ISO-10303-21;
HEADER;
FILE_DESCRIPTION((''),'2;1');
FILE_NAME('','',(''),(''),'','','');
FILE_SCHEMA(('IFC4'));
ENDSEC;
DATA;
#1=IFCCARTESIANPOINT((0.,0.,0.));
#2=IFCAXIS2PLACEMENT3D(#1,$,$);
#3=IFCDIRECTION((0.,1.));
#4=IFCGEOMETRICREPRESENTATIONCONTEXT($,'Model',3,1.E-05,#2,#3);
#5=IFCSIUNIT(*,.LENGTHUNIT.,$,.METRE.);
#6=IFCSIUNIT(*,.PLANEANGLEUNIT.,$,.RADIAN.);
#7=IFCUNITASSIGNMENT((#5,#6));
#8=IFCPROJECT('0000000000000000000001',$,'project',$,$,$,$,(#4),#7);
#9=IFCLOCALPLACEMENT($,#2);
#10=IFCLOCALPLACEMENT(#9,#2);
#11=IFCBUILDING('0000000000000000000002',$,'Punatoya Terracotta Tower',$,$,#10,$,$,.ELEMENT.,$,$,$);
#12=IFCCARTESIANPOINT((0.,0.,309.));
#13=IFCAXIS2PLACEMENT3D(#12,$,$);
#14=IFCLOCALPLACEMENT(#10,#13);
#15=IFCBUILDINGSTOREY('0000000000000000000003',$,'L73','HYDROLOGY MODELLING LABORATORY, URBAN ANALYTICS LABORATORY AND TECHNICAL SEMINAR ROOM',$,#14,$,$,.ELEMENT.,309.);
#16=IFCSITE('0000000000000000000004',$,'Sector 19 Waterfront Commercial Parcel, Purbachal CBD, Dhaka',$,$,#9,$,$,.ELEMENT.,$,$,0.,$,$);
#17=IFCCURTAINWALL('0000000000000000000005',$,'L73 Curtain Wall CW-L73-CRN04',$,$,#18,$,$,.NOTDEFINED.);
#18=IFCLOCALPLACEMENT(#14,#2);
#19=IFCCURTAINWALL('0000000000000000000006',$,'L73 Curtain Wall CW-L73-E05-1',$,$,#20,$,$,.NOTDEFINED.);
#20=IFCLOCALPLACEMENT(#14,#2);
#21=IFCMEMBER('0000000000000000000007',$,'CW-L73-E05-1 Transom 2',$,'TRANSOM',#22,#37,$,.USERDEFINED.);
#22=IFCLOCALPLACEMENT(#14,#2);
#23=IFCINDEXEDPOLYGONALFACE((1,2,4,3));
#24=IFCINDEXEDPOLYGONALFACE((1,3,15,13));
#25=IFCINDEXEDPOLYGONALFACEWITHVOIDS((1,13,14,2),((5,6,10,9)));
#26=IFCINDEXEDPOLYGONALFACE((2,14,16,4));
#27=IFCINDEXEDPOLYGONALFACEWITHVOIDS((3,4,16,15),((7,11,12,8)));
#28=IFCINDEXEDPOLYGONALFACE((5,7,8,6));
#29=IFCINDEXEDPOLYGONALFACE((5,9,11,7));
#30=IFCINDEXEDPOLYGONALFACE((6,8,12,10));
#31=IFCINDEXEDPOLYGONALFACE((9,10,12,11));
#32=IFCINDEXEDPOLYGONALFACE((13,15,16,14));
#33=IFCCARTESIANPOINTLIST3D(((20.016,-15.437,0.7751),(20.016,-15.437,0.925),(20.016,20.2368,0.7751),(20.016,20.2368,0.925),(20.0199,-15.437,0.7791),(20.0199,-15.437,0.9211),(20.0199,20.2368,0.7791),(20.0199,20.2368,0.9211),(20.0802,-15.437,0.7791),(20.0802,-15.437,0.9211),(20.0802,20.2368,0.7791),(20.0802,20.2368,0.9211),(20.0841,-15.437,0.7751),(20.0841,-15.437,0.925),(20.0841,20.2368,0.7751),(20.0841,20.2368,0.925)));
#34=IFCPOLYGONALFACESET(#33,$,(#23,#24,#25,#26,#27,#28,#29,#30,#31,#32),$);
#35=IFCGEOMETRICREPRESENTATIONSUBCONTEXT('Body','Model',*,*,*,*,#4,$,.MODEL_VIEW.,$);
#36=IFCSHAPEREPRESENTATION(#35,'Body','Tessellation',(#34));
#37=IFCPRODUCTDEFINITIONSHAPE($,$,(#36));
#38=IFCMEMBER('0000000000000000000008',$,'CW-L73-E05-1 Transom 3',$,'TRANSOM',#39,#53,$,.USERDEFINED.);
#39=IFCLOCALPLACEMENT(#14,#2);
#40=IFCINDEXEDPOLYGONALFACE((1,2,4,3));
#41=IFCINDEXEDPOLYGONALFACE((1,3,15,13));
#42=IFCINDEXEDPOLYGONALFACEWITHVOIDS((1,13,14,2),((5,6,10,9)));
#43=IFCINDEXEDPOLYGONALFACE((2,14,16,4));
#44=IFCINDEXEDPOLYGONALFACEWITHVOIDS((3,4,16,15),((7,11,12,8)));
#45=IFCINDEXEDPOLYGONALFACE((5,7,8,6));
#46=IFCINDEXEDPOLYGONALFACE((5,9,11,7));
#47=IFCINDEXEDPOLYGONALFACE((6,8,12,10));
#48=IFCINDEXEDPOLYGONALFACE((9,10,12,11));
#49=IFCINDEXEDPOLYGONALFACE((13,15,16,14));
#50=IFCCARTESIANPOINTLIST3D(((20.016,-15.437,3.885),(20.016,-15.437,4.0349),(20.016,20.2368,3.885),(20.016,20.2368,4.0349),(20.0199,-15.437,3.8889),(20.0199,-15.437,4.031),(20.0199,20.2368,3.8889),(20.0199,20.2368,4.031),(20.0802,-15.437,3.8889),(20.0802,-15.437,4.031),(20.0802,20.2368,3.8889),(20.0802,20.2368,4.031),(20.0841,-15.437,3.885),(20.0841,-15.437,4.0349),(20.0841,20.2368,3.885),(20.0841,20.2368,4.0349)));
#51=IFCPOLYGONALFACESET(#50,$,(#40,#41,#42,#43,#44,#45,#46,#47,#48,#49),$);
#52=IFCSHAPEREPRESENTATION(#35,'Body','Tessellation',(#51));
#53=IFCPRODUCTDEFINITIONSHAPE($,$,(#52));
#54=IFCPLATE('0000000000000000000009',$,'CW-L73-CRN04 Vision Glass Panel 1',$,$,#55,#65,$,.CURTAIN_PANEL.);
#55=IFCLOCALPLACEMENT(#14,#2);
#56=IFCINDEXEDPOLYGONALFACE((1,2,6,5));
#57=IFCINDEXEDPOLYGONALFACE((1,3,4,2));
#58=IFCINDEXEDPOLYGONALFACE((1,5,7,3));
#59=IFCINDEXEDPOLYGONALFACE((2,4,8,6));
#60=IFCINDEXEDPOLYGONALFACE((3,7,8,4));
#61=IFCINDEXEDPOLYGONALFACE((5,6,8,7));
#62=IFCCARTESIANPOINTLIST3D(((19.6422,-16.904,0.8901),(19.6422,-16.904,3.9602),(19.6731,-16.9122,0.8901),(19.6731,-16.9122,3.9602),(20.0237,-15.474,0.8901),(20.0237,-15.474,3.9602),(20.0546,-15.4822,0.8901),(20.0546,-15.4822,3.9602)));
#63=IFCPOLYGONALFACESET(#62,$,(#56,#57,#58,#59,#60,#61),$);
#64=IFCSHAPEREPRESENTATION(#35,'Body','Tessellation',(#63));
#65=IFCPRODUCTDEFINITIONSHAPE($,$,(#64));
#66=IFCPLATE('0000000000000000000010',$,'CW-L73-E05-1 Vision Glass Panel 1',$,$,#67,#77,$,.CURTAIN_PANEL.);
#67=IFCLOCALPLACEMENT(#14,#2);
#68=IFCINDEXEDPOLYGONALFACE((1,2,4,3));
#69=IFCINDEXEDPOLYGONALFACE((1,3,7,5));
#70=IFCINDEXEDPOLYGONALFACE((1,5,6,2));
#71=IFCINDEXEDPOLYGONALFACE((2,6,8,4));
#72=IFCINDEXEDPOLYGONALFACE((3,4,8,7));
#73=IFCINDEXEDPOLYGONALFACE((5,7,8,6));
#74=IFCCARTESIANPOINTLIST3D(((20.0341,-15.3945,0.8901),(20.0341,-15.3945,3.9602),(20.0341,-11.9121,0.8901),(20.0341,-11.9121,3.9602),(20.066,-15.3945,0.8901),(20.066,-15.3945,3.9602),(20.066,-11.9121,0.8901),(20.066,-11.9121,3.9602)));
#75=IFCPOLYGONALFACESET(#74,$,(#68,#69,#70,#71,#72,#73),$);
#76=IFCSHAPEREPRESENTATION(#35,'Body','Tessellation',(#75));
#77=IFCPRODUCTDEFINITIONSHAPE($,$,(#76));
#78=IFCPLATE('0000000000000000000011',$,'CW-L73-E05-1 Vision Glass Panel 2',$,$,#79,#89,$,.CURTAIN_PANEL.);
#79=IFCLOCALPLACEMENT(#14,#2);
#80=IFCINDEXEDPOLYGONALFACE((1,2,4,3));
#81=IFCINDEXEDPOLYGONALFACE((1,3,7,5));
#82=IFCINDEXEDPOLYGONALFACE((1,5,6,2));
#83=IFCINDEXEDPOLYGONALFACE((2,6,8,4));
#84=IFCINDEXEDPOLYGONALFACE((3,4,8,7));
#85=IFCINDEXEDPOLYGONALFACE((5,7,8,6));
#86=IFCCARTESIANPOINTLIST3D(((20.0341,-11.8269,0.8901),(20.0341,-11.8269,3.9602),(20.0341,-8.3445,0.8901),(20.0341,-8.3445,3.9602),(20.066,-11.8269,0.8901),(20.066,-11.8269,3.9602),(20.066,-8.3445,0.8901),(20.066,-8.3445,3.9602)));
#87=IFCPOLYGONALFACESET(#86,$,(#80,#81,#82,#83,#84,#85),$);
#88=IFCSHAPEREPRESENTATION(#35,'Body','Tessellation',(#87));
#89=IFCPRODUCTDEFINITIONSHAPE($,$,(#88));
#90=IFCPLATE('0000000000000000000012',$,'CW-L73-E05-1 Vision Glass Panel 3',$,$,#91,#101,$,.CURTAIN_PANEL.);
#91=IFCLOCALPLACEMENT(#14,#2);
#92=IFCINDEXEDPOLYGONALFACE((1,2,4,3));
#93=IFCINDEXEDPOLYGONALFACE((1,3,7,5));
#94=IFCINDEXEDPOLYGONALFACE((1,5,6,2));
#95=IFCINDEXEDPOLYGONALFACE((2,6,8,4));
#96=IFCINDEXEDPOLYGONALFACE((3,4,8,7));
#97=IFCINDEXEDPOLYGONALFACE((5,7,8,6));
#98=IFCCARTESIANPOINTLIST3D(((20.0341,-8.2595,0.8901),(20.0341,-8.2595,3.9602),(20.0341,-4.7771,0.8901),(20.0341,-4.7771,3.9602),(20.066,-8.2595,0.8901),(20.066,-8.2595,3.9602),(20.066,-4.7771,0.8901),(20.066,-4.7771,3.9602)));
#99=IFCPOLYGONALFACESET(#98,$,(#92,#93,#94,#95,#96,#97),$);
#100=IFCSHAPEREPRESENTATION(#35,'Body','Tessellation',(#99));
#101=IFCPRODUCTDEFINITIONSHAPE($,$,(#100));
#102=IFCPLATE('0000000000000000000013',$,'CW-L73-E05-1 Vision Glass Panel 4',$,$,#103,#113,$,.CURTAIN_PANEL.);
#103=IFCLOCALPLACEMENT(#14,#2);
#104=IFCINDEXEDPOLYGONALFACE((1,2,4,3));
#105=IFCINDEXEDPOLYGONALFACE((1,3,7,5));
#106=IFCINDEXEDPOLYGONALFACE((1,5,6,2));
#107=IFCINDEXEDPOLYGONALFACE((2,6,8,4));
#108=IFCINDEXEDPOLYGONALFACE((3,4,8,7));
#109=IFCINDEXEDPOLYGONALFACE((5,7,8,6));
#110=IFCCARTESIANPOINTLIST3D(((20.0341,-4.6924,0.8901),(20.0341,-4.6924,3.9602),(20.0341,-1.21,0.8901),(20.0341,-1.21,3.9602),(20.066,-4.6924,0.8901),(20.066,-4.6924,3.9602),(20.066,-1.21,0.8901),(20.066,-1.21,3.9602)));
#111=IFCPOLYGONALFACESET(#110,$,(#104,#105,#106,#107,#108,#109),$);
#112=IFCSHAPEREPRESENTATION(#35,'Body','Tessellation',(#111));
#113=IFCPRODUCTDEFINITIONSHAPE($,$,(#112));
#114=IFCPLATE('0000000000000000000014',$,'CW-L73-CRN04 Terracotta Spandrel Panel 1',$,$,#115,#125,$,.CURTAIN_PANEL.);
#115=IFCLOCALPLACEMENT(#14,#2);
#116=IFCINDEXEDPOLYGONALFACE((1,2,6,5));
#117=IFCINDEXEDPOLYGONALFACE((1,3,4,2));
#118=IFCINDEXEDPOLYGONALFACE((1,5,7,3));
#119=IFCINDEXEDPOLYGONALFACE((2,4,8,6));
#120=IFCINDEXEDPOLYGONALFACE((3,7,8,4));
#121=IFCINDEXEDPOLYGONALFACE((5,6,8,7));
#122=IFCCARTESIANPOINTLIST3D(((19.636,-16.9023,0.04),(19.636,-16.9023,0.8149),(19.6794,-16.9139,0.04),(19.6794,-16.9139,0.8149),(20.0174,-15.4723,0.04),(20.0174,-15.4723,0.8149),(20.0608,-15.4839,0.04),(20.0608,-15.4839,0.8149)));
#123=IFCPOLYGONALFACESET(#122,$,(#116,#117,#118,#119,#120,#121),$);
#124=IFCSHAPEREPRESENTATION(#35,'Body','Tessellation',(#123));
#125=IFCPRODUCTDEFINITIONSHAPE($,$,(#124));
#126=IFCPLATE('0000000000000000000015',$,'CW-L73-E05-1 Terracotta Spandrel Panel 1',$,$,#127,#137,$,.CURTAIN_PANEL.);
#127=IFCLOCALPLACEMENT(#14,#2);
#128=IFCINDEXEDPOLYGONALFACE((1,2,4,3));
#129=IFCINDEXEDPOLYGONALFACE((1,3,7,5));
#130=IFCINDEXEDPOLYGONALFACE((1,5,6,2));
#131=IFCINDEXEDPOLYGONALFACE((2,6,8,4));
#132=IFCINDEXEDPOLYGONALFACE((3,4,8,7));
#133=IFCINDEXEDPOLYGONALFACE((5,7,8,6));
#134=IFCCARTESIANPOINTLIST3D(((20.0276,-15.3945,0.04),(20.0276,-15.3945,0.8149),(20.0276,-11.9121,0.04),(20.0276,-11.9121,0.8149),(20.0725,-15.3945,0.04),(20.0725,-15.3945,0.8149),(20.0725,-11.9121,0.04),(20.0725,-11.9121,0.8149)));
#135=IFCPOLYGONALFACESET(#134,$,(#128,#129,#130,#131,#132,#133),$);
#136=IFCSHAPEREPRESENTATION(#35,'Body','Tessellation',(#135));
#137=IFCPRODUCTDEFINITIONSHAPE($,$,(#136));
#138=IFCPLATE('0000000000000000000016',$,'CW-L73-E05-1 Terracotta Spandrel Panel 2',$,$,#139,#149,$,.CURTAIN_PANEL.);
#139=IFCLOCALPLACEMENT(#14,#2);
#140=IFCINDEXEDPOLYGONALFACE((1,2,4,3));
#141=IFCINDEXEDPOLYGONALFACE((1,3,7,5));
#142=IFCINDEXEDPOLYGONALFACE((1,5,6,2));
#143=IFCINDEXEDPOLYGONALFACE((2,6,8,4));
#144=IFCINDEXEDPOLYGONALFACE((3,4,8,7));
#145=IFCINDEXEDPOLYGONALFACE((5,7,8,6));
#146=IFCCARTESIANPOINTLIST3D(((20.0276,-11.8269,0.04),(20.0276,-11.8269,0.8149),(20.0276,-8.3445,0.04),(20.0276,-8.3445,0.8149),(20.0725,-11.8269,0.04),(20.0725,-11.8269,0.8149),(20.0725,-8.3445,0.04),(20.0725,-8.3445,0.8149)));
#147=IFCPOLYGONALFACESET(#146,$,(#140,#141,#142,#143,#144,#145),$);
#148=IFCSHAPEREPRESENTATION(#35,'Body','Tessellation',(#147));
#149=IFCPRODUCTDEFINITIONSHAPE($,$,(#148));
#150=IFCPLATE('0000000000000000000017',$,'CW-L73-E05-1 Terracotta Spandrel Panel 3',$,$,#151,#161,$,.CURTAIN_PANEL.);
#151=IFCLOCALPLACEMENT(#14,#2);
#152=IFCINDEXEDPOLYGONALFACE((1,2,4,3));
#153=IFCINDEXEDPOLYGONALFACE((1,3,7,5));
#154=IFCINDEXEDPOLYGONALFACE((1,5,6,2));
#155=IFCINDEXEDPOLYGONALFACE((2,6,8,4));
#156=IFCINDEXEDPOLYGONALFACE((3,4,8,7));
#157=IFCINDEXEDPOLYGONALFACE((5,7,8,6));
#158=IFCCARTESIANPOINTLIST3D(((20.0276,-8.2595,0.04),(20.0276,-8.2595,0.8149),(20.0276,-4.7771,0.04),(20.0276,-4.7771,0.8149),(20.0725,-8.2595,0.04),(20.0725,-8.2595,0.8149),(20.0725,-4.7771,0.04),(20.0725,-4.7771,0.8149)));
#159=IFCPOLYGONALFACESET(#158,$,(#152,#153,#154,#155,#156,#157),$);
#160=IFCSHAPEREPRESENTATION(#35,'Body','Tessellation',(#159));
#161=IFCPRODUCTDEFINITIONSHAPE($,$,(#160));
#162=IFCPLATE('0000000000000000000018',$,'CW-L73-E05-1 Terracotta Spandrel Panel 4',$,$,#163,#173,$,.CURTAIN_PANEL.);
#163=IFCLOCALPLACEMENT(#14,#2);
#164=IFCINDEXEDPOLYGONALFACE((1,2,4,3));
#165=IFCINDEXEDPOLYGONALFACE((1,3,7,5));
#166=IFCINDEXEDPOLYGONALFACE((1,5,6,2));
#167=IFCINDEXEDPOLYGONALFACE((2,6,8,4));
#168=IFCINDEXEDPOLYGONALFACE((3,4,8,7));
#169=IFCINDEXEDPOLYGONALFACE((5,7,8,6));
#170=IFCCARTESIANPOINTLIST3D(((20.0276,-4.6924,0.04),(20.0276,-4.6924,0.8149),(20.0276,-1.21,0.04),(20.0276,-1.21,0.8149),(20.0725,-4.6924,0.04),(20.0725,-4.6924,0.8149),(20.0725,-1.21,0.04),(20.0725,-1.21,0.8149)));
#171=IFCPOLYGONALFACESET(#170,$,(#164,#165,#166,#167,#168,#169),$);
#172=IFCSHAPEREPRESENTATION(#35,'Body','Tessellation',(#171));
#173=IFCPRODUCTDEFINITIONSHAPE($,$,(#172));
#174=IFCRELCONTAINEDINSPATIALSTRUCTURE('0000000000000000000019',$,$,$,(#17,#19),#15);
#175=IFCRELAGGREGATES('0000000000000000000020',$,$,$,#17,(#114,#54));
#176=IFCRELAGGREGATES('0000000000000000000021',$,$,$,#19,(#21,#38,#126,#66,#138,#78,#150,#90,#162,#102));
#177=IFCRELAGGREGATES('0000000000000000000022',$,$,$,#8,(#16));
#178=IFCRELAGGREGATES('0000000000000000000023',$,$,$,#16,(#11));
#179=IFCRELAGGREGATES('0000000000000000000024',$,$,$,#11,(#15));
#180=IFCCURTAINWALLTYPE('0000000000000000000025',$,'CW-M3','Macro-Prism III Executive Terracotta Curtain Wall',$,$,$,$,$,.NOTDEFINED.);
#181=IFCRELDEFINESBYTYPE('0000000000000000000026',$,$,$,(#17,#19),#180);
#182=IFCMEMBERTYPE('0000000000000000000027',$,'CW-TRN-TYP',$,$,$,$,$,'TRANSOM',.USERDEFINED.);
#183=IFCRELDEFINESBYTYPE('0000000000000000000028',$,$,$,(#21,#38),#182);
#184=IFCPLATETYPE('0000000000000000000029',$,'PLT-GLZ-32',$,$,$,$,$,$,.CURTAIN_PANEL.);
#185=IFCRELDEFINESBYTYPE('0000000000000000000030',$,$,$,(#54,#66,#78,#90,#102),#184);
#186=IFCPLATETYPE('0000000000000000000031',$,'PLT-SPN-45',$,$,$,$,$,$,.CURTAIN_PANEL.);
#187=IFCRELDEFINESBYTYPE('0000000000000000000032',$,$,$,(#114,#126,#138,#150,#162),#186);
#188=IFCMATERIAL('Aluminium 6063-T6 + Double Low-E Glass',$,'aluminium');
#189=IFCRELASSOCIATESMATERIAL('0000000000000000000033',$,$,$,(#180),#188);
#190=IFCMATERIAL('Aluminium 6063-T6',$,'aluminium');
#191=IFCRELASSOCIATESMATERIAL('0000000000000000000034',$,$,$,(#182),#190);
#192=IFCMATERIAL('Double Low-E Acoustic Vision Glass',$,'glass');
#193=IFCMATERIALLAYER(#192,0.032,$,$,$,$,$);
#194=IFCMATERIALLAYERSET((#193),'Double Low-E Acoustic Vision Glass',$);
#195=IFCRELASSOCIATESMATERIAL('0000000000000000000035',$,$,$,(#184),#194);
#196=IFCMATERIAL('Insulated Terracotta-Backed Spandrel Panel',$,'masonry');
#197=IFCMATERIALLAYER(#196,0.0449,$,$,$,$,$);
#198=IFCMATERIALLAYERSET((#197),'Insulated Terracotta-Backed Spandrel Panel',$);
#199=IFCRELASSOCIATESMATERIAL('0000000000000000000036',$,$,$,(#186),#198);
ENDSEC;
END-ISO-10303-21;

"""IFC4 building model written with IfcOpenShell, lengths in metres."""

from ifc_helpers import new_model, si_unit, direction, frame, origin, origin_2d, place, context, subcontext, project, spatial, rectangle, hollow_rectangle, extrude, material, layer, layer_set, material_profile, profile_set, type_object, element, aggregate, save


model = new_model("IFC4")

# Units and contexts
model_context = context("Model", 3, precision=1e-05, world=origin(), true_north=direction((0.0, 1.0)))
body_context = subcontext(model_context, "Body", "Model", "MODEL_VIEW")
ifc_project = project(units=[si_unit("LENGTHUNIT", "METRE"), si_unit("PLANEANGLEUNIT", "RADIAN")], contexts=[model_context])

# Site, building, storey
site_placement = place(None, origin())
site = spatial("IfcSite", under=ifc_project, at=site_placement, Name="Sector 19 Waterfront Commercial Parcel, Purbachal CBD, Dhaka", CompositionType="ELEMENT", RefElevation=0.0)
building_placement = place(site_placement, origin())
building = spatial("IfcBuilding", under=site, at=building_placement, Name="Punatoya Terracotta Tower", CompositionType="ELEMENT")
storey_placement = place(building_placement, frame((0.0, 0.0, 309.0)))
storey = spatial("IfcBuildingStorey", under=building, at=storey_placement, Name="L73", Description="HYDROLOGY MODELLING LABORATORY, URBAN ANALYTICS LABORATORY AND TECHNICAL SEMINAR ROOM", CompositionType="ELEMENT", Elevation=309.0)

# Curtain wall
ifc_material_1 = material(Name="Aluminium 6063-T6 + Double Low-E Glass", Category="aluminium")
curtain_wall_type = type_object("IfcCurtainWallType", Name="CW-M3", Description="Macro-Prism III Executive Terracotta Curtain Wall", PredefinedType="NOTDEFINED", material=ifc_material_1)
curtain_wall_1_placement = place(storey_placement, origin())
curtain_wall_1 = element("IfcCurtainWall", 1, at=curtain_wall_1_placement, inside=storey, type_object=curtain_wall_type, Name="L73 Curtain Wall CW-L73-CRN04", PredefinedType="NOTDEFINED")
ifc_material_2 = material(Name="Aluminium 6063-T6", Category="aluminium")

# Curtain wall, members
curtain_wall_2_placement = place(storey_placement, origin())
curtain_wall_2 = element("IfcCurtainWall", 2, at=curtain_wall_2_placement, inside=storey, type_object=curtain_wall_type, Name="L73 Curtain Wall CW-L73-E05-1", PredefinedType="NOTDEFINED")
ifc_material_profile_1 = material_profile(ifc_material_2, hollow_rectangle(XDim=0.0681, YDim=0.1499, WallThickness=0.0039, at=origin_2d()))
ifc_profile_set_1 = profile_set([ifc_material_profile_1], Name="Aluminium 6063-T6")
member_type_1 = type_object("IfcMemberType", Name="CW-TRN-TYP", ElementType="TRANSOM", PredefinedType="USERDEFINED", material=ifc_profile_set_1)
member_1_placement = place(storey_placement, frame((20.05, -15.437, 0.8501), z_axis=(0.0, 1.0, 0.0), x_axis=(-1.0, 0.0, 0.0)))
member_1 = element("IfcMember", 3, at=member_1_placement, type_object=member_type_1, Name="CW-L73-E05-1 Transom 2", ObjectType="TRANSOM", PredefinedType="USERDEFINED", context=body_context, shape_type="SweptSolid", body=[
    extrude(hollow_rectangle(XDim=0.0681, YDim=0.1499, WallThickness=0.0039, at=origin_2d()), origin(), (0.0, 0.0, 1.0), 35.6738),
])
member_2_placement = place(storey_placement, frame((20.05, -15.437, 3.96), z_axis=(0.0, 1.0, 0.0), x_axis=(-1.0, 0.0, 0.0)))
member_2 = element("IfcMember", 4, at=member_2_placement, type_object=member_type_1, Name="CW-L73-E05-1 Transom 3", ObjectType="TRANSOM", PredefinedType="USERDEFINED", context=body_context, shape_type="SweptSolid", body=[
    extrude(hollow_rectangle(XDim=0.0681, YDim=0.1499, WallThickness=0.0039, at=origin_2d()), origin(), (0.0, 0.0, 1.0), 35.6738),
])

# Plates
ifc_material_3 = material(Name="Double Low-E Acoustic Vision Glass", Category="glass")
ifc_layer_1 = layer(ifc_material_3, 0.032)
ifc_layer_set_1 = layer_set([ifc_layer_1], Name="Double Low-E Acoustic Vision Glass")
plate_type_1 = type_object("IfcPlateType", Name="PLT-GLZ-32", PredefinedType="CURTAIN_PANEL", material=ifc_layer_set_1)
plate_1_placement = place(storey_placement, frame((19.8484, -16.1931, 0.8901), z_axis=(0.0, 0.0, 1.0), x_axis=(0.257742, 0.966214, 0.0)))
plate_1 = element("IfcPlate", 5, at=plate_1_placement, type_object=plate_type_1, Name="CW-L73-CRN04 Vision Glass Panel 1", PredefinedType="CURTAIN_PANEL", context=body_context, shape_type="SweptSolid", body=[
    extrude(rectangle(XDim=1.48, YDim=0.032, at=origin_2d()), origin(), (0.0, 0.0, 1.0), 3.0701),
])
plate_2_placement = place(storey_placement, frame((20.05, -13.6533, 0.8901), z_axis=(0.0, 0.0, 1.0), x_axis=(0.0, 1.0, 0.0)))
plate_2 = element("IfcPlate", 6, at=plate_2_placement, type_object=plate_type_1, Name="CW-L73-E05-1 Vision Glass Panel 1", PredefinedType="CURTAIN_PANEL", context=body_context, shape_type="SweptSolid", body=[
    extrude(rectangle(XDim=3.4824, YDim=0.032, at=origin_2d()), origin(), (0.0, 0.0, 1.0), 3.0701),
])
plate_3_placement = place(storey_placement, frame((20.05, -10.0857, 0.8901), z_axis=(0.0, 0.0, 1.0), x_axis=(0.0, 1.0, 0.0)))
plate_3 = element("IfcPlate", 7, at=plate_3_placement, type_object=plate_type_1, Name="CW-L73-E05-1 Vision Glass Panel 2", PredefinedType="CURTAIN_PANEL", context=body_context, shape_type="SweptSolid", body=[
    extrude(rectangle(XDim=3.4824, YDim=0.032, at=origin_2d()), origin(), (0.0, 0.0, 1.0), 3.0701),
])
plate_4_placement = place(storey_placement, frame((20.05, -6.5183, 0.8901), z_axis=(0.0, 0.0, 1.0), x_axis=(0.0, 1.0, 0.0)))
plate_4 = element("IfcPlate", 8, at=plate_4_placement, type_object=plate_type_1, Name="CW-L73-E05-1 Vision Glass Panel 3", PredefinedType="CURTAIN_PANEL", context=body_context, shape_type="SweptSolid", body=[
    extrude(rectangle(XDim=3.4824, YDim=0.032, at=origin_2d()), origin(), (0.0, 0.0, 1.0), 3.0701),
])
plate_5_placement = place(storey_placement, frame((20.05, -2.9512, 0.8901), z_axis=(0.0, 0.0, 1.0), x_axis=(0.0, 1.0, 0.0)))
plate_5 = element("IfcPlate", 9, at=plate_5_placement, type_object=plate_type_1, Name="CW-L73-E05-1 Vision Glass Panel 4", PredefinedType="CURTAIN_PANEL", context=body_context, shape_type="SweptSolid", body=[
    extrude(rectangle(XDim=3.4824, YDim=0.032, at=origin_2d()), origin(), (0.0, 0.0, 1.0), 3.0701),
])
ifc_material_4 = material(Name="Insulated Terracotta-Backed Spandrel Panel", Category="masonry")
ifc_layer_2 = layer(ifc_material_4, 0.0449)
ifc_layer_set_2 = layer_set([ifc_layer_2], Name="Insulated Terracotta-Backed Spandrel Panel")
plate_type_2 = type_object("IfcPlateType", Name="PLT-SPN-45", PredefinedType="CURTAIN_PANEL", material=ifc_layer_set_2)
plate_6_placement = place(storey_placement, frame((19.8484, -16.1931, 0.04), z_axis=(0.0, 0.0, 1.0), x_axis=(0.257742, 0.966214, 0.0)))
plate_6 = element("IfcPlate", 10, at=plate_6_placement, type_object=plate_type_2, Name="CW-L73-CRN04 Terracotta Spandrel Panel 1", PredefinedType="CURTAIN_PANEL", context=body_context, shape_type="SweptSolid", body=[
    extrude(rectangle(XDim=1.48, YDim=0.0449, at=origin_2d()), origin(), (0.0, 0.0, 1.0), 0.7749),
])
aggregate(curtain_wall_1, [plate_6, plate_1])
plate_7_placement = place(storey_placement, frame((20.05, -13.6533, 0.04), z_axis=(0.0, 0.0, 1.0), x_axis=(0.0, 1.0, 0.0)))
plate_7 = element("IfcPlate", 11, at=plate_7_placement, type_object=plate_type_2, Name="CW-L73-E05-1 Terracotta Spandrel Panel 1", PredefinedType="CURTAIN_PANEL", context=body_context, shape_type="SweptSolid", body=[
    extrude(rectangle(XDim=3.4824, YDim=0.0449, at=origin_2d()), origin(), (0.0, 0.0, 1.0), 0.7749),
])
plate_8_placement = place(storey_placement, frame((20.05, -10.0857, 0.04), z_axis=(0.0, 0.0, 1.0), x_axis=(0.0, 1.0, 0.0)))
plate_8 = element("IfcPlate", 12, at=plate_8_placement, type_object=plate_type_2, Name="CW-L73-E05-1 Terracotta Spandrel Panel 2", PredefinedType="CURTAIN_PANEL", context=body_context, shape_type="SweptSolid", body=[
    extrude(rectangle(XDim=3.4824, YDim=0.0449, at=origin_2d()), origin(), (0.0, 0.0, 1.0), 0.7749),
])
plate_9_placement = place(storey_placement, frame((20.05, -6.5183, 0.04), z_axis=(0.0, 0.0, 1.0), x_axis=(0.0, 1.0, 0.0)))
plate_9 = element("IfcPlate", 13, at=plate_9_placement, type_object=plate_type_2, Name="CW-L73-E05-1 Terracotta Spandrel Panel 3", PredefinedType="CURTAIN_PANEL", context=body_context, shape_type="SweptSolid", body=[
    extrude(rectangle(XDim=3.4824, YDim=0.0449, at=origin_2d()), origin(), (0.0, 0.0, 1.0), 0.7749),
])
plate_10_placement = place(storey_placement, frame((20.05, -2.9512, 0.04), z_axis=(0.0, 0.0, 1.0), x_axis=(0.0, 1.0, 0.0)))
plate_10 = element("IfcPlate", 14, at=plate_10_placement, type_object=plate_type_2, Name="CW-L73-E05-1 Terracotta Spandrel Panel 4", PredefinedType="CURTAIN_PANEL", context=body_context, shape_type="SweptSolid", body=[
    extrude(rectangle(XDim=3.4824, YDim=0.0449, at=origin_2d()), origin(), (0.0, 0.0, 1.0), 0.7749),
])
aggregate(curtain_wall_2, [member_1, member_2, plate_7, plate_2, plate_8, plate_3, plate_9, plate_4, plate_10, plate_5])

save(model, "model.ifc")
